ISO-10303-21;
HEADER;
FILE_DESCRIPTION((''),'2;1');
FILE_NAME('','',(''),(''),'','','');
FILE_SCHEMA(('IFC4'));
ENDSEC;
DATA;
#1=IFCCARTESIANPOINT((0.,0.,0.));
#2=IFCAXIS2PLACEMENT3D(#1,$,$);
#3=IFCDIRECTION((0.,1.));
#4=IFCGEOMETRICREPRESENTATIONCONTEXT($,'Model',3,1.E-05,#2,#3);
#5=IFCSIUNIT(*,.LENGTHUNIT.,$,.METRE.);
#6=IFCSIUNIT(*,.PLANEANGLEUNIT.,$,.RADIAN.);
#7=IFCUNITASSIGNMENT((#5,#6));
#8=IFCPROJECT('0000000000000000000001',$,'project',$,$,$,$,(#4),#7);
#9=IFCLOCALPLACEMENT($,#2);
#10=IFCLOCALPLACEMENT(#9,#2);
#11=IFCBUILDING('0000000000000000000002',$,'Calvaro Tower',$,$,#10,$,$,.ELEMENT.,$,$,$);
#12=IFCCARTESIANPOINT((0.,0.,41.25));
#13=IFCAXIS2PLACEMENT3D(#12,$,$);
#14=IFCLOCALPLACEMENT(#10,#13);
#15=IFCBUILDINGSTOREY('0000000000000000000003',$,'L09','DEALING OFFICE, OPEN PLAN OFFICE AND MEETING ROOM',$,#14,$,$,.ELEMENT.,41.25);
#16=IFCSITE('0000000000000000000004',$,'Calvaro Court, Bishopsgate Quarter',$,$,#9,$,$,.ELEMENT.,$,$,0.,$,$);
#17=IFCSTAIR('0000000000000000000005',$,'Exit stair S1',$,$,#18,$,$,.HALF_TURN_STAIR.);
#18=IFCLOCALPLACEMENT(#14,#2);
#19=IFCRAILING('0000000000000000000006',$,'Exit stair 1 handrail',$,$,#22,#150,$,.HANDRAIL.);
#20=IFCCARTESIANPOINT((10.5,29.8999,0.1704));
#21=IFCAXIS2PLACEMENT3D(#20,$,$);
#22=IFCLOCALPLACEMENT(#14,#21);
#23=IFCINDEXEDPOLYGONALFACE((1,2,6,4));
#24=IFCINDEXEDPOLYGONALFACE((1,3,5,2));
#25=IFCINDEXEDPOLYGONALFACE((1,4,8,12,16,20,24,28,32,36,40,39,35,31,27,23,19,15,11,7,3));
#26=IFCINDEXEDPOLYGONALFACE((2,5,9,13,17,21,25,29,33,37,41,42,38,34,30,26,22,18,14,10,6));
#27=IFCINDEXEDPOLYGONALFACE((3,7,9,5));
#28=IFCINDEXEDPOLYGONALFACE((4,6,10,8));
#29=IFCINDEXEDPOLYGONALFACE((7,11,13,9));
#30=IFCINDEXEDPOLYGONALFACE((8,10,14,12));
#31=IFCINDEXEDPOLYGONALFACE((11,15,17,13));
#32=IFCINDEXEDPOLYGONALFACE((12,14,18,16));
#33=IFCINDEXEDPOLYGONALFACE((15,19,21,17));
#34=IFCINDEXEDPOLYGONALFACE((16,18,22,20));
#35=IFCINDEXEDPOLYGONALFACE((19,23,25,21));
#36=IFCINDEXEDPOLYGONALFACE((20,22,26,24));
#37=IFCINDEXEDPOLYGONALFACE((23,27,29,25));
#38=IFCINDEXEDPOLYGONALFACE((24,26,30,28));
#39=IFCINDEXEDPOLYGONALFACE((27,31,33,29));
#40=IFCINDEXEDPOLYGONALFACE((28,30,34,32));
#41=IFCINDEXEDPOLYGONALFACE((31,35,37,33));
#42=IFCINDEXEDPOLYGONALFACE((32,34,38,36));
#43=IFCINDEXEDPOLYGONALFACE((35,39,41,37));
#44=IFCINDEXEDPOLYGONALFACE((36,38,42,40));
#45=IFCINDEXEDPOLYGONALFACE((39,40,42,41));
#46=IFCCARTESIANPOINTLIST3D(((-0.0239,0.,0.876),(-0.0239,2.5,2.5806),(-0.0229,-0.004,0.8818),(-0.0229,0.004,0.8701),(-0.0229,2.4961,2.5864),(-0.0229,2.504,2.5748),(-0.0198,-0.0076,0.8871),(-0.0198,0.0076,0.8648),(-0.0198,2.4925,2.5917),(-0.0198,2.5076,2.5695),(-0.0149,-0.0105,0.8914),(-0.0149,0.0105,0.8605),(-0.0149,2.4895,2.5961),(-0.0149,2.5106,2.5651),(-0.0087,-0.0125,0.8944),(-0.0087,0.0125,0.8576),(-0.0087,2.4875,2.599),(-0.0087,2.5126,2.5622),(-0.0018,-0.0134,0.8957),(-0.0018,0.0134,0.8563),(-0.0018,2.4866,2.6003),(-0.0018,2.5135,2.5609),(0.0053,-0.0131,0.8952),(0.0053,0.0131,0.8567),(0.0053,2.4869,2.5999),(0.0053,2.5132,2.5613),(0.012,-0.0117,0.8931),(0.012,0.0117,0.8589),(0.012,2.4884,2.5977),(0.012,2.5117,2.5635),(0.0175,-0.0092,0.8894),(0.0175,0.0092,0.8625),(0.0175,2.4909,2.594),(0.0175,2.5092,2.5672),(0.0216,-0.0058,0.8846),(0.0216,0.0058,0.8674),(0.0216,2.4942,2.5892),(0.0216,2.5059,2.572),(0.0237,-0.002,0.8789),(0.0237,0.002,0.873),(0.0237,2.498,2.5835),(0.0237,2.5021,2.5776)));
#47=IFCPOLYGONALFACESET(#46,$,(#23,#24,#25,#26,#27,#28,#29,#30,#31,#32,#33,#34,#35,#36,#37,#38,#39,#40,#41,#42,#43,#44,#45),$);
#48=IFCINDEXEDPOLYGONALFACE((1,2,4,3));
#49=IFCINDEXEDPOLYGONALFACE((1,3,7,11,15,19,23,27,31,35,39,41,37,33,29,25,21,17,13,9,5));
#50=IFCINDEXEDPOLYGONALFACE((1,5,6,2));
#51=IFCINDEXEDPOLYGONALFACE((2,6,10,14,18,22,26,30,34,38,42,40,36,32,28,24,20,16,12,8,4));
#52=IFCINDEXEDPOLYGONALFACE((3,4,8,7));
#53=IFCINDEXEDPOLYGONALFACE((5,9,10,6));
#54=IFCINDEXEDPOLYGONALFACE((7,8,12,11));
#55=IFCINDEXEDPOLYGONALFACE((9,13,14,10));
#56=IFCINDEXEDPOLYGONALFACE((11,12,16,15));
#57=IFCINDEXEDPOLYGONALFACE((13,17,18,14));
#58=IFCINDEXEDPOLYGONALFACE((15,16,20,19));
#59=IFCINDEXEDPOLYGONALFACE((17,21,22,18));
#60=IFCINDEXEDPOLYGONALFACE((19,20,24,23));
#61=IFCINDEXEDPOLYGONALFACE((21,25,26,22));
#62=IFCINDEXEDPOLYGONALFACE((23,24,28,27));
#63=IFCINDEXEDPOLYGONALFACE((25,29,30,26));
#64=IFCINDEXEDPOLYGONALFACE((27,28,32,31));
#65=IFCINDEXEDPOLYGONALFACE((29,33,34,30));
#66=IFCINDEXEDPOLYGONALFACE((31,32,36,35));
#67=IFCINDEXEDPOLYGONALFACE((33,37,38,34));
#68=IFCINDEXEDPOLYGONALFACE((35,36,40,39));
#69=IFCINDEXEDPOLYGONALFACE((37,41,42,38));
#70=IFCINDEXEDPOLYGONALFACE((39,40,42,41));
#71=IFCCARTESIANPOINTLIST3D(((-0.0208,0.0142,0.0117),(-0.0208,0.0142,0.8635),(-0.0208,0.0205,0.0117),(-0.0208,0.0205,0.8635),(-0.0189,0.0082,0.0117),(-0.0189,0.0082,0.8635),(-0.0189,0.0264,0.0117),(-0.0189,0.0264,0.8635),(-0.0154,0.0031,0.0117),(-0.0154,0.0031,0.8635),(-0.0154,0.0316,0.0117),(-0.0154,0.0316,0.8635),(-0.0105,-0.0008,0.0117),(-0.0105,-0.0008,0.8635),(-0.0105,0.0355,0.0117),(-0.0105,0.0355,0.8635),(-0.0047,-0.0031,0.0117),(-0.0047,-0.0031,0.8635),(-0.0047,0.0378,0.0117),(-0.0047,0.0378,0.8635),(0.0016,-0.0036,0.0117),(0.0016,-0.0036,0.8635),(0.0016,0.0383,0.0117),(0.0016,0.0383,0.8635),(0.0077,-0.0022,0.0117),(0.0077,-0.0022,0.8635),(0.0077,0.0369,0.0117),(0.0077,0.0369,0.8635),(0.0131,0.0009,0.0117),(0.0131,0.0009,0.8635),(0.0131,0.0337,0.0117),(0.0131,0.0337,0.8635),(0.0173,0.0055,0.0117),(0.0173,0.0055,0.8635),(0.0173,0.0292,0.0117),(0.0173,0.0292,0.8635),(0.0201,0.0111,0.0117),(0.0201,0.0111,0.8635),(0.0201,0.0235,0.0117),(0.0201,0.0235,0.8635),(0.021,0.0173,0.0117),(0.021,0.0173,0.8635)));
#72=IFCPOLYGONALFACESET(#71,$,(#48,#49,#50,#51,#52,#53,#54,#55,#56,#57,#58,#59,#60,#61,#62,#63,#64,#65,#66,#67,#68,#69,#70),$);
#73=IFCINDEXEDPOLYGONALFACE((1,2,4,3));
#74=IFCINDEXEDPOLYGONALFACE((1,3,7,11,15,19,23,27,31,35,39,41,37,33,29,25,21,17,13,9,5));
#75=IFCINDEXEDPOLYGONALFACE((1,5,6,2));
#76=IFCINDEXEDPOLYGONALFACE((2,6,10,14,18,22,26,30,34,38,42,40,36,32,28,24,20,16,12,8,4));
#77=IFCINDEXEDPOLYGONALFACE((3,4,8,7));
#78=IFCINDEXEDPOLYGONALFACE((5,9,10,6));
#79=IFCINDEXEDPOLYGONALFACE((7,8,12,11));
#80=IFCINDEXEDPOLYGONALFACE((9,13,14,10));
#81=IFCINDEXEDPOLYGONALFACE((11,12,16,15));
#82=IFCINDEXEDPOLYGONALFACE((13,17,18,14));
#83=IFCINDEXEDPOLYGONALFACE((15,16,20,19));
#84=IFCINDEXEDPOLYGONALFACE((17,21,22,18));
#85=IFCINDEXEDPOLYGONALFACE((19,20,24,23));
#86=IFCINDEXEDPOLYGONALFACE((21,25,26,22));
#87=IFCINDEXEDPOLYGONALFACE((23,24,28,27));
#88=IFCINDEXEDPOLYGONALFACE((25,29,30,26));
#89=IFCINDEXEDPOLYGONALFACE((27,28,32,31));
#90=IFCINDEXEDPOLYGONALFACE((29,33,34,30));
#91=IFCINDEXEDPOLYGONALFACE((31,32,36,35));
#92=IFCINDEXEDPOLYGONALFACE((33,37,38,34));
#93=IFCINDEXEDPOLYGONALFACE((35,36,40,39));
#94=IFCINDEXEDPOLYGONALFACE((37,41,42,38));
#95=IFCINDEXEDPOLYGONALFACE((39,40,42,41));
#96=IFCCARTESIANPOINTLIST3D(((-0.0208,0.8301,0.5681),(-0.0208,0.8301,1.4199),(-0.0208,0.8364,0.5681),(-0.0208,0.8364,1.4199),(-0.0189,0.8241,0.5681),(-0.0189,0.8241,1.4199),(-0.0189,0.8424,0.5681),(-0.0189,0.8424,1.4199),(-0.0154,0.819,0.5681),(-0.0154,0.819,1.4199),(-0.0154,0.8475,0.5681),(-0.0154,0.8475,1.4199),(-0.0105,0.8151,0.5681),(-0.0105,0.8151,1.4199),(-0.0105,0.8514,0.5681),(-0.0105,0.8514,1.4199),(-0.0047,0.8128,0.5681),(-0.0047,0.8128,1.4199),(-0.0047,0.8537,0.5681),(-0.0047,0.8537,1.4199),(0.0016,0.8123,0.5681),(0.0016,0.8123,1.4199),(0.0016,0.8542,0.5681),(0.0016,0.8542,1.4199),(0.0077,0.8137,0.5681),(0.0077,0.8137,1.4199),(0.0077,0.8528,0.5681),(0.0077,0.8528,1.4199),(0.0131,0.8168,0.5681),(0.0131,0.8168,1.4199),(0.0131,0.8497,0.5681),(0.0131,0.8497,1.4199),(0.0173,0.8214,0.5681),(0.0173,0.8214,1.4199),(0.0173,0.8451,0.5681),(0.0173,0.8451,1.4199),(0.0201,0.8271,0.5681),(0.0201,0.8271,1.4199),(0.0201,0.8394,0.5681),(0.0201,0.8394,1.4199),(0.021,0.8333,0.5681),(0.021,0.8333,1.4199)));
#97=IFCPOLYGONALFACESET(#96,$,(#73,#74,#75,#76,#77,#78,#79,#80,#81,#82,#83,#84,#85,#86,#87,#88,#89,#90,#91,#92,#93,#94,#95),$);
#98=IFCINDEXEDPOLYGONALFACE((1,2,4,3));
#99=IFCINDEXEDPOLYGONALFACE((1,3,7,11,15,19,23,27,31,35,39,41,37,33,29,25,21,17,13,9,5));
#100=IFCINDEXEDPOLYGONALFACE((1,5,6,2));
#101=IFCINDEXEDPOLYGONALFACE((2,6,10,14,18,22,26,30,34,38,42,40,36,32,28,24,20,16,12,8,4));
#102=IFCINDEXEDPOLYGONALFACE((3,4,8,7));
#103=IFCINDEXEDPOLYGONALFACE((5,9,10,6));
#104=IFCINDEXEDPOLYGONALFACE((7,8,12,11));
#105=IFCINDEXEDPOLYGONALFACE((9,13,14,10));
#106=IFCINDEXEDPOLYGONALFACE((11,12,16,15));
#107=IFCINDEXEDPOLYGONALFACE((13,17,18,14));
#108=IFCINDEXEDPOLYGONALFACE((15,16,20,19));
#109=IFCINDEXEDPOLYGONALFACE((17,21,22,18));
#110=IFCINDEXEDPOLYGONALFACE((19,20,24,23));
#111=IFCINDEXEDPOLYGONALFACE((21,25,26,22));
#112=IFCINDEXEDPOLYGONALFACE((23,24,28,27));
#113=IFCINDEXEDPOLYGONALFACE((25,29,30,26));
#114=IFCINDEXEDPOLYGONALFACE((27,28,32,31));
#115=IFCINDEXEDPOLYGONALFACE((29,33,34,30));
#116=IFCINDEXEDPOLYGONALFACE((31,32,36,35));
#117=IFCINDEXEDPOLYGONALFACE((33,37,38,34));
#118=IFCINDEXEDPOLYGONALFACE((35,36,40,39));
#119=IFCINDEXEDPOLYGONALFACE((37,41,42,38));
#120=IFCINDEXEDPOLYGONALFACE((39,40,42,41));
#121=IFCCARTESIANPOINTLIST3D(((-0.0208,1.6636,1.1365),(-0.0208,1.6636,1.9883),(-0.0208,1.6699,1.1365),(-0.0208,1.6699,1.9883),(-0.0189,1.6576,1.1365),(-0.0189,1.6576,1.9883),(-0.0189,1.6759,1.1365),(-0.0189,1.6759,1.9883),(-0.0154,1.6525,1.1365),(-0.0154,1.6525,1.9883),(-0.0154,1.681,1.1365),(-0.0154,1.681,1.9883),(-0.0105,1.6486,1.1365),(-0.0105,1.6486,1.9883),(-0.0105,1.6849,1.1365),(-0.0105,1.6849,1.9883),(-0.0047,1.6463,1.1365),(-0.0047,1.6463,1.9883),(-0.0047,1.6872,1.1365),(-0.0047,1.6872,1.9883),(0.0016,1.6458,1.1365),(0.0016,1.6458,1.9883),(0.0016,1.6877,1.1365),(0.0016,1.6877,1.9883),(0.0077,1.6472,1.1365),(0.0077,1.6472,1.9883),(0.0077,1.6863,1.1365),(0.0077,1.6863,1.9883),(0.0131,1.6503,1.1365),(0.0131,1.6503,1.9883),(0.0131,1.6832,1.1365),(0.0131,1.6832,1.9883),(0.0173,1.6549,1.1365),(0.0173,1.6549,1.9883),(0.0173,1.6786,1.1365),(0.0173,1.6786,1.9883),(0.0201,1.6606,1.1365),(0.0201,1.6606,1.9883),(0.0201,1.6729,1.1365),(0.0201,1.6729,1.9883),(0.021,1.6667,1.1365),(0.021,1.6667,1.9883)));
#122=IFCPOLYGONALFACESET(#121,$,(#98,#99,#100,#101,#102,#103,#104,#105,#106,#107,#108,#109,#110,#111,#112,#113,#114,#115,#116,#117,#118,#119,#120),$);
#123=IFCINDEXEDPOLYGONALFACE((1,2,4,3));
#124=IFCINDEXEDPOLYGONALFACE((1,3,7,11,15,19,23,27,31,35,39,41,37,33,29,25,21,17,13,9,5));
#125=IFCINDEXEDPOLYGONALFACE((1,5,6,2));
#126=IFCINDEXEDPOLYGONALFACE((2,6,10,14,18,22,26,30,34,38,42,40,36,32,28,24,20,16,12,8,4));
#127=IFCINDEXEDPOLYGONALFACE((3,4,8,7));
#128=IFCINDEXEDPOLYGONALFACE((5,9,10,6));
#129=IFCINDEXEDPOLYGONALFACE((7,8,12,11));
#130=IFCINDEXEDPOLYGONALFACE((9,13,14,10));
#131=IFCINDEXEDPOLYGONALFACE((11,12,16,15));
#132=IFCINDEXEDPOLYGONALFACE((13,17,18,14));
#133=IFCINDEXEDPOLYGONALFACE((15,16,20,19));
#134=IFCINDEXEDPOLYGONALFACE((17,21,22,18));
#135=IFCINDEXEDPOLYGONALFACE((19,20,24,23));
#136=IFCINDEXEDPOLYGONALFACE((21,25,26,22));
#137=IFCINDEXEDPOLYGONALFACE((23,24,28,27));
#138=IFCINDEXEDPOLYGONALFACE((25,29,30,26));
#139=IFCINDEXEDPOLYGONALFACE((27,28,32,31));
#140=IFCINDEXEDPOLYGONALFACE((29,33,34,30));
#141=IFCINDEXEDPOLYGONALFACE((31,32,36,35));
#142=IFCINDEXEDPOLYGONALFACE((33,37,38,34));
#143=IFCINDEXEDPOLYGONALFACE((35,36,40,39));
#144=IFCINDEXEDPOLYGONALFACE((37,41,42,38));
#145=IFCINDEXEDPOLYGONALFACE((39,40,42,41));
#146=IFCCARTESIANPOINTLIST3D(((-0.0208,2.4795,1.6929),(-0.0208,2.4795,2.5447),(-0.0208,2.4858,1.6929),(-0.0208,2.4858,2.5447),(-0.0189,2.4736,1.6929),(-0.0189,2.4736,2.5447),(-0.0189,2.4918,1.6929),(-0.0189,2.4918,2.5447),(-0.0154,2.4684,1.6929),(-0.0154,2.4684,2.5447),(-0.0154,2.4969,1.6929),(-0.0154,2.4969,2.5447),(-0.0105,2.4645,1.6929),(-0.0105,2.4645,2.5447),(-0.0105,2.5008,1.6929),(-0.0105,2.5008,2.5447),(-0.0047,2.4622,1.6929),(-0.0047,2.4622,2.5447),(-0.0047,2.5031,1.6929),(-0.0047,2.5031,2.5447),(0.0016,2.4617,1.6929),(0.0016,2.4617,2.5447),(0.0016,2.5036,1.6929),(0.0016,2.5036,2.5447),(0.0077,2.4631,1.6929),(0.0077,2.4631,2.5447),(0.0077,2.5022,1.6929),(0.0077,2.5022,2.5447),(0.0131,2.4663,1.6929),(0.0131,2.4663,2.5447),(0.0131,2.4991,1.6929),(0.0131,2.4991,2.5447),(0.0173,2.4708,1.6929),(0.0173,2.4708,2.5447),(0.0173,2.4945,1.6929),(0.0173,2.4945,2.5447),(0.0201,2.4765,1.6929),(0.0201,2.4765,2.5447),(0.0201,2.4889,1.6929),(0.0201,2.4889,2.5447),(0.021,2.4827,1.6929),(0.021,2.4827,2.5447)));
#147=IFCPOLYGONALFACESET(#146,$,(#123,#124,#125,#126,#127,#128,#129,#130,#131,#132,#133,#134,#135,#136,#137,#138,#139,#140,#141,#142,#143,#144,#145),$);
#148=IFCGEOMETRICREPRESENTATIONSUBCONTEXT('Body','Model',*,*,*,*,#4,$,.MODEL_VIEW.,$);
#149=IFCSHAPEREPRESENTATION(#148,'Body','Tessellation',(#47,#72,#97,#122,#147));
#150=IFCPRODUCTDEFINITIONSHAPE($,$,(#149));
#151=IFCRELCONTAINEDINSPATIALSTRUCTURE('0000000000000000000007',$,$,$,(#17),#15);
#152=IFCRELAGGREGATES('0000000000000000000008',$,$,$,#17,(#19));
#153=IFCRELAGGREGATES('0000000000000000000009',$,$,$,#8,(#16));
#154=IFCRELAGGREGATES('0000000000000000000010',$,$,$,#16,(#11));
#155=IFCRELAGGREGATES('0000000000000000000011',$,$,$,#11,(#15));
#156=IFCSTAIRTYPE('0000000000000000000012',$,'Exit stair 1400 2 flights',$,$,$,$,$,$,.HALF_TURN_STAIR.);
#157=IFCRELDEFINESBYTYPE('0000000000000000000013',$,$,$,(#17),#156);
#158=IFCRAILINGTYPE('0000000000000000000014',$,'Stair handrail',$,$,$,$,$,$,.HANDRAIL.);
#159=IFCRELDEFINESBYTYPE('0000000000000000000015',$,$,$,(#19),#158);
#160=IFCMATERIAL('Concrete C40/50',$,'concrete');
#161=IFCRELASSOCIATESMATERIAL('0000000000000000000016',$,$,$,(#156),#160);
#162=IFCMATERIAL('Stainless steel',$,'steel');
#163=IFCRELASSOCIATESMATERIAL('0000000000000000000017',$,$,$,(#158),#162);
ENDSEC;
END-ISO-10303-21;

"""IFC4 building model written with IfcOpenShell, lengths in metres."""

from ifc_helpers import new_model, si_unit, direction, frame, origin, origin_2d, place, context, subcontext, project, spatial, circle, extrude, material, type_object, element, aggregate, save


model = new_model("IFC4")

# Units and contexts
model_context = context("Model", 3, precision=1e-05, world=origin(), true_north=direction((0.0, 1.0)))
body_context = subcontext(model_context, "Body", "Model", "MODEL_VIEW")
ifc_project = project(units=[si_unit("LENGTHUNIT", "METRE"), si_unit("PLANEANGLEUNIT", "RADIAN")], contexts=[model_context])

# Site, building, storey
site_placement = place(None, origin())
site = spatial("IfcSite", under=ifc_project, at=site_placement, Name="Calvaro Court, Bishopsgate Quarter", CompositionType="ELEMENT", RefElevation=0.0)
building_placement = place(site_placement, origin())
building = spatial("IfcBuilding", under=site, at=building_placement, Name="Calvaro Tower", CompositionType="ELEMENT")
storey_placement = place(building_placement, frame((0.0, 0.0, 41.25)))
storey = spatial("IfcBuildingStorey", under=building, at=storey_placement, Name="L09", Description="DEALING OFFICE, OPEN PLAN OFFICE AND MEETING ROOM", CompositionType="ELEMENT", Elevation=41.25)

# Stair, railing
ifc_material_1 = material(Name="Concrete C40/50", Category="concrete")
stair_type = type_object("IfcStairType", Name="Exit stair 1400 2 flights", PredefinedType="HALF_TURN_STAIR", material=ifc_material_1)
stair_placement = place(storey_placement, origin())
stair = element("IfcStair", 1, at=stair_placement, inside=storey, type_object=stair_type, Name="Exit stair S1", PredefinedType="HALF_TURN_STAIR")
ifc_material_2 = material(Name="Stainless steel", Category="steel")
railing_type = type_object("IfcRailingType", Name="Stair handrail", PredefinedType="HANDRAIL", material=ifc_material_2)
railing_1_placement = place(storey_placement, frame((10.5, 29.8999, 0.1704)))
railing_1 = element("IfcRailing", 2, at=railing_1_placement, type_object=railing_type, Name="Exit stair 1 handrail", PredefinedType="HANDRAIL", context=body_context, shape_type="SweptSolid", body=[
    extrude(circle(Radius=0.0239, at=origin_2d()), frame((0.0, 0.0, 0.876), z_axis=(0.0, 0.826221, 0.563347), x_axis=(-1.0, 0.0, 0.0)), (0.0, 0.0, 1.0), 3.0259),
    extrude(circle(Radius=0.021, at=origin_2d()), frame((0.0, 0.0173, 0.0117)), (0.0, 0.0, 1.0), 0.8518),
    extrude(circle(Radius=0.021, at=origin_2d()), frame((0.0, 0.8333, 0.5681)), (0.0, 0.0, 1.0), 0.8518),
    extrude(circle(Radius=0.021, at=origin_2d()), frame((0.0, 1.6667, 1.1365)), (0.0, 0.0, 1.0), 0.8518),
    extrude(circle(Radius=0.021, at=origin_2d()), frame((0.0, 2.4827, 1.6929)), (0.0, 0.0, 1.0), 0.8518),
])
aggregate(stair, [railing_1])

save(model, "model.ifc")
